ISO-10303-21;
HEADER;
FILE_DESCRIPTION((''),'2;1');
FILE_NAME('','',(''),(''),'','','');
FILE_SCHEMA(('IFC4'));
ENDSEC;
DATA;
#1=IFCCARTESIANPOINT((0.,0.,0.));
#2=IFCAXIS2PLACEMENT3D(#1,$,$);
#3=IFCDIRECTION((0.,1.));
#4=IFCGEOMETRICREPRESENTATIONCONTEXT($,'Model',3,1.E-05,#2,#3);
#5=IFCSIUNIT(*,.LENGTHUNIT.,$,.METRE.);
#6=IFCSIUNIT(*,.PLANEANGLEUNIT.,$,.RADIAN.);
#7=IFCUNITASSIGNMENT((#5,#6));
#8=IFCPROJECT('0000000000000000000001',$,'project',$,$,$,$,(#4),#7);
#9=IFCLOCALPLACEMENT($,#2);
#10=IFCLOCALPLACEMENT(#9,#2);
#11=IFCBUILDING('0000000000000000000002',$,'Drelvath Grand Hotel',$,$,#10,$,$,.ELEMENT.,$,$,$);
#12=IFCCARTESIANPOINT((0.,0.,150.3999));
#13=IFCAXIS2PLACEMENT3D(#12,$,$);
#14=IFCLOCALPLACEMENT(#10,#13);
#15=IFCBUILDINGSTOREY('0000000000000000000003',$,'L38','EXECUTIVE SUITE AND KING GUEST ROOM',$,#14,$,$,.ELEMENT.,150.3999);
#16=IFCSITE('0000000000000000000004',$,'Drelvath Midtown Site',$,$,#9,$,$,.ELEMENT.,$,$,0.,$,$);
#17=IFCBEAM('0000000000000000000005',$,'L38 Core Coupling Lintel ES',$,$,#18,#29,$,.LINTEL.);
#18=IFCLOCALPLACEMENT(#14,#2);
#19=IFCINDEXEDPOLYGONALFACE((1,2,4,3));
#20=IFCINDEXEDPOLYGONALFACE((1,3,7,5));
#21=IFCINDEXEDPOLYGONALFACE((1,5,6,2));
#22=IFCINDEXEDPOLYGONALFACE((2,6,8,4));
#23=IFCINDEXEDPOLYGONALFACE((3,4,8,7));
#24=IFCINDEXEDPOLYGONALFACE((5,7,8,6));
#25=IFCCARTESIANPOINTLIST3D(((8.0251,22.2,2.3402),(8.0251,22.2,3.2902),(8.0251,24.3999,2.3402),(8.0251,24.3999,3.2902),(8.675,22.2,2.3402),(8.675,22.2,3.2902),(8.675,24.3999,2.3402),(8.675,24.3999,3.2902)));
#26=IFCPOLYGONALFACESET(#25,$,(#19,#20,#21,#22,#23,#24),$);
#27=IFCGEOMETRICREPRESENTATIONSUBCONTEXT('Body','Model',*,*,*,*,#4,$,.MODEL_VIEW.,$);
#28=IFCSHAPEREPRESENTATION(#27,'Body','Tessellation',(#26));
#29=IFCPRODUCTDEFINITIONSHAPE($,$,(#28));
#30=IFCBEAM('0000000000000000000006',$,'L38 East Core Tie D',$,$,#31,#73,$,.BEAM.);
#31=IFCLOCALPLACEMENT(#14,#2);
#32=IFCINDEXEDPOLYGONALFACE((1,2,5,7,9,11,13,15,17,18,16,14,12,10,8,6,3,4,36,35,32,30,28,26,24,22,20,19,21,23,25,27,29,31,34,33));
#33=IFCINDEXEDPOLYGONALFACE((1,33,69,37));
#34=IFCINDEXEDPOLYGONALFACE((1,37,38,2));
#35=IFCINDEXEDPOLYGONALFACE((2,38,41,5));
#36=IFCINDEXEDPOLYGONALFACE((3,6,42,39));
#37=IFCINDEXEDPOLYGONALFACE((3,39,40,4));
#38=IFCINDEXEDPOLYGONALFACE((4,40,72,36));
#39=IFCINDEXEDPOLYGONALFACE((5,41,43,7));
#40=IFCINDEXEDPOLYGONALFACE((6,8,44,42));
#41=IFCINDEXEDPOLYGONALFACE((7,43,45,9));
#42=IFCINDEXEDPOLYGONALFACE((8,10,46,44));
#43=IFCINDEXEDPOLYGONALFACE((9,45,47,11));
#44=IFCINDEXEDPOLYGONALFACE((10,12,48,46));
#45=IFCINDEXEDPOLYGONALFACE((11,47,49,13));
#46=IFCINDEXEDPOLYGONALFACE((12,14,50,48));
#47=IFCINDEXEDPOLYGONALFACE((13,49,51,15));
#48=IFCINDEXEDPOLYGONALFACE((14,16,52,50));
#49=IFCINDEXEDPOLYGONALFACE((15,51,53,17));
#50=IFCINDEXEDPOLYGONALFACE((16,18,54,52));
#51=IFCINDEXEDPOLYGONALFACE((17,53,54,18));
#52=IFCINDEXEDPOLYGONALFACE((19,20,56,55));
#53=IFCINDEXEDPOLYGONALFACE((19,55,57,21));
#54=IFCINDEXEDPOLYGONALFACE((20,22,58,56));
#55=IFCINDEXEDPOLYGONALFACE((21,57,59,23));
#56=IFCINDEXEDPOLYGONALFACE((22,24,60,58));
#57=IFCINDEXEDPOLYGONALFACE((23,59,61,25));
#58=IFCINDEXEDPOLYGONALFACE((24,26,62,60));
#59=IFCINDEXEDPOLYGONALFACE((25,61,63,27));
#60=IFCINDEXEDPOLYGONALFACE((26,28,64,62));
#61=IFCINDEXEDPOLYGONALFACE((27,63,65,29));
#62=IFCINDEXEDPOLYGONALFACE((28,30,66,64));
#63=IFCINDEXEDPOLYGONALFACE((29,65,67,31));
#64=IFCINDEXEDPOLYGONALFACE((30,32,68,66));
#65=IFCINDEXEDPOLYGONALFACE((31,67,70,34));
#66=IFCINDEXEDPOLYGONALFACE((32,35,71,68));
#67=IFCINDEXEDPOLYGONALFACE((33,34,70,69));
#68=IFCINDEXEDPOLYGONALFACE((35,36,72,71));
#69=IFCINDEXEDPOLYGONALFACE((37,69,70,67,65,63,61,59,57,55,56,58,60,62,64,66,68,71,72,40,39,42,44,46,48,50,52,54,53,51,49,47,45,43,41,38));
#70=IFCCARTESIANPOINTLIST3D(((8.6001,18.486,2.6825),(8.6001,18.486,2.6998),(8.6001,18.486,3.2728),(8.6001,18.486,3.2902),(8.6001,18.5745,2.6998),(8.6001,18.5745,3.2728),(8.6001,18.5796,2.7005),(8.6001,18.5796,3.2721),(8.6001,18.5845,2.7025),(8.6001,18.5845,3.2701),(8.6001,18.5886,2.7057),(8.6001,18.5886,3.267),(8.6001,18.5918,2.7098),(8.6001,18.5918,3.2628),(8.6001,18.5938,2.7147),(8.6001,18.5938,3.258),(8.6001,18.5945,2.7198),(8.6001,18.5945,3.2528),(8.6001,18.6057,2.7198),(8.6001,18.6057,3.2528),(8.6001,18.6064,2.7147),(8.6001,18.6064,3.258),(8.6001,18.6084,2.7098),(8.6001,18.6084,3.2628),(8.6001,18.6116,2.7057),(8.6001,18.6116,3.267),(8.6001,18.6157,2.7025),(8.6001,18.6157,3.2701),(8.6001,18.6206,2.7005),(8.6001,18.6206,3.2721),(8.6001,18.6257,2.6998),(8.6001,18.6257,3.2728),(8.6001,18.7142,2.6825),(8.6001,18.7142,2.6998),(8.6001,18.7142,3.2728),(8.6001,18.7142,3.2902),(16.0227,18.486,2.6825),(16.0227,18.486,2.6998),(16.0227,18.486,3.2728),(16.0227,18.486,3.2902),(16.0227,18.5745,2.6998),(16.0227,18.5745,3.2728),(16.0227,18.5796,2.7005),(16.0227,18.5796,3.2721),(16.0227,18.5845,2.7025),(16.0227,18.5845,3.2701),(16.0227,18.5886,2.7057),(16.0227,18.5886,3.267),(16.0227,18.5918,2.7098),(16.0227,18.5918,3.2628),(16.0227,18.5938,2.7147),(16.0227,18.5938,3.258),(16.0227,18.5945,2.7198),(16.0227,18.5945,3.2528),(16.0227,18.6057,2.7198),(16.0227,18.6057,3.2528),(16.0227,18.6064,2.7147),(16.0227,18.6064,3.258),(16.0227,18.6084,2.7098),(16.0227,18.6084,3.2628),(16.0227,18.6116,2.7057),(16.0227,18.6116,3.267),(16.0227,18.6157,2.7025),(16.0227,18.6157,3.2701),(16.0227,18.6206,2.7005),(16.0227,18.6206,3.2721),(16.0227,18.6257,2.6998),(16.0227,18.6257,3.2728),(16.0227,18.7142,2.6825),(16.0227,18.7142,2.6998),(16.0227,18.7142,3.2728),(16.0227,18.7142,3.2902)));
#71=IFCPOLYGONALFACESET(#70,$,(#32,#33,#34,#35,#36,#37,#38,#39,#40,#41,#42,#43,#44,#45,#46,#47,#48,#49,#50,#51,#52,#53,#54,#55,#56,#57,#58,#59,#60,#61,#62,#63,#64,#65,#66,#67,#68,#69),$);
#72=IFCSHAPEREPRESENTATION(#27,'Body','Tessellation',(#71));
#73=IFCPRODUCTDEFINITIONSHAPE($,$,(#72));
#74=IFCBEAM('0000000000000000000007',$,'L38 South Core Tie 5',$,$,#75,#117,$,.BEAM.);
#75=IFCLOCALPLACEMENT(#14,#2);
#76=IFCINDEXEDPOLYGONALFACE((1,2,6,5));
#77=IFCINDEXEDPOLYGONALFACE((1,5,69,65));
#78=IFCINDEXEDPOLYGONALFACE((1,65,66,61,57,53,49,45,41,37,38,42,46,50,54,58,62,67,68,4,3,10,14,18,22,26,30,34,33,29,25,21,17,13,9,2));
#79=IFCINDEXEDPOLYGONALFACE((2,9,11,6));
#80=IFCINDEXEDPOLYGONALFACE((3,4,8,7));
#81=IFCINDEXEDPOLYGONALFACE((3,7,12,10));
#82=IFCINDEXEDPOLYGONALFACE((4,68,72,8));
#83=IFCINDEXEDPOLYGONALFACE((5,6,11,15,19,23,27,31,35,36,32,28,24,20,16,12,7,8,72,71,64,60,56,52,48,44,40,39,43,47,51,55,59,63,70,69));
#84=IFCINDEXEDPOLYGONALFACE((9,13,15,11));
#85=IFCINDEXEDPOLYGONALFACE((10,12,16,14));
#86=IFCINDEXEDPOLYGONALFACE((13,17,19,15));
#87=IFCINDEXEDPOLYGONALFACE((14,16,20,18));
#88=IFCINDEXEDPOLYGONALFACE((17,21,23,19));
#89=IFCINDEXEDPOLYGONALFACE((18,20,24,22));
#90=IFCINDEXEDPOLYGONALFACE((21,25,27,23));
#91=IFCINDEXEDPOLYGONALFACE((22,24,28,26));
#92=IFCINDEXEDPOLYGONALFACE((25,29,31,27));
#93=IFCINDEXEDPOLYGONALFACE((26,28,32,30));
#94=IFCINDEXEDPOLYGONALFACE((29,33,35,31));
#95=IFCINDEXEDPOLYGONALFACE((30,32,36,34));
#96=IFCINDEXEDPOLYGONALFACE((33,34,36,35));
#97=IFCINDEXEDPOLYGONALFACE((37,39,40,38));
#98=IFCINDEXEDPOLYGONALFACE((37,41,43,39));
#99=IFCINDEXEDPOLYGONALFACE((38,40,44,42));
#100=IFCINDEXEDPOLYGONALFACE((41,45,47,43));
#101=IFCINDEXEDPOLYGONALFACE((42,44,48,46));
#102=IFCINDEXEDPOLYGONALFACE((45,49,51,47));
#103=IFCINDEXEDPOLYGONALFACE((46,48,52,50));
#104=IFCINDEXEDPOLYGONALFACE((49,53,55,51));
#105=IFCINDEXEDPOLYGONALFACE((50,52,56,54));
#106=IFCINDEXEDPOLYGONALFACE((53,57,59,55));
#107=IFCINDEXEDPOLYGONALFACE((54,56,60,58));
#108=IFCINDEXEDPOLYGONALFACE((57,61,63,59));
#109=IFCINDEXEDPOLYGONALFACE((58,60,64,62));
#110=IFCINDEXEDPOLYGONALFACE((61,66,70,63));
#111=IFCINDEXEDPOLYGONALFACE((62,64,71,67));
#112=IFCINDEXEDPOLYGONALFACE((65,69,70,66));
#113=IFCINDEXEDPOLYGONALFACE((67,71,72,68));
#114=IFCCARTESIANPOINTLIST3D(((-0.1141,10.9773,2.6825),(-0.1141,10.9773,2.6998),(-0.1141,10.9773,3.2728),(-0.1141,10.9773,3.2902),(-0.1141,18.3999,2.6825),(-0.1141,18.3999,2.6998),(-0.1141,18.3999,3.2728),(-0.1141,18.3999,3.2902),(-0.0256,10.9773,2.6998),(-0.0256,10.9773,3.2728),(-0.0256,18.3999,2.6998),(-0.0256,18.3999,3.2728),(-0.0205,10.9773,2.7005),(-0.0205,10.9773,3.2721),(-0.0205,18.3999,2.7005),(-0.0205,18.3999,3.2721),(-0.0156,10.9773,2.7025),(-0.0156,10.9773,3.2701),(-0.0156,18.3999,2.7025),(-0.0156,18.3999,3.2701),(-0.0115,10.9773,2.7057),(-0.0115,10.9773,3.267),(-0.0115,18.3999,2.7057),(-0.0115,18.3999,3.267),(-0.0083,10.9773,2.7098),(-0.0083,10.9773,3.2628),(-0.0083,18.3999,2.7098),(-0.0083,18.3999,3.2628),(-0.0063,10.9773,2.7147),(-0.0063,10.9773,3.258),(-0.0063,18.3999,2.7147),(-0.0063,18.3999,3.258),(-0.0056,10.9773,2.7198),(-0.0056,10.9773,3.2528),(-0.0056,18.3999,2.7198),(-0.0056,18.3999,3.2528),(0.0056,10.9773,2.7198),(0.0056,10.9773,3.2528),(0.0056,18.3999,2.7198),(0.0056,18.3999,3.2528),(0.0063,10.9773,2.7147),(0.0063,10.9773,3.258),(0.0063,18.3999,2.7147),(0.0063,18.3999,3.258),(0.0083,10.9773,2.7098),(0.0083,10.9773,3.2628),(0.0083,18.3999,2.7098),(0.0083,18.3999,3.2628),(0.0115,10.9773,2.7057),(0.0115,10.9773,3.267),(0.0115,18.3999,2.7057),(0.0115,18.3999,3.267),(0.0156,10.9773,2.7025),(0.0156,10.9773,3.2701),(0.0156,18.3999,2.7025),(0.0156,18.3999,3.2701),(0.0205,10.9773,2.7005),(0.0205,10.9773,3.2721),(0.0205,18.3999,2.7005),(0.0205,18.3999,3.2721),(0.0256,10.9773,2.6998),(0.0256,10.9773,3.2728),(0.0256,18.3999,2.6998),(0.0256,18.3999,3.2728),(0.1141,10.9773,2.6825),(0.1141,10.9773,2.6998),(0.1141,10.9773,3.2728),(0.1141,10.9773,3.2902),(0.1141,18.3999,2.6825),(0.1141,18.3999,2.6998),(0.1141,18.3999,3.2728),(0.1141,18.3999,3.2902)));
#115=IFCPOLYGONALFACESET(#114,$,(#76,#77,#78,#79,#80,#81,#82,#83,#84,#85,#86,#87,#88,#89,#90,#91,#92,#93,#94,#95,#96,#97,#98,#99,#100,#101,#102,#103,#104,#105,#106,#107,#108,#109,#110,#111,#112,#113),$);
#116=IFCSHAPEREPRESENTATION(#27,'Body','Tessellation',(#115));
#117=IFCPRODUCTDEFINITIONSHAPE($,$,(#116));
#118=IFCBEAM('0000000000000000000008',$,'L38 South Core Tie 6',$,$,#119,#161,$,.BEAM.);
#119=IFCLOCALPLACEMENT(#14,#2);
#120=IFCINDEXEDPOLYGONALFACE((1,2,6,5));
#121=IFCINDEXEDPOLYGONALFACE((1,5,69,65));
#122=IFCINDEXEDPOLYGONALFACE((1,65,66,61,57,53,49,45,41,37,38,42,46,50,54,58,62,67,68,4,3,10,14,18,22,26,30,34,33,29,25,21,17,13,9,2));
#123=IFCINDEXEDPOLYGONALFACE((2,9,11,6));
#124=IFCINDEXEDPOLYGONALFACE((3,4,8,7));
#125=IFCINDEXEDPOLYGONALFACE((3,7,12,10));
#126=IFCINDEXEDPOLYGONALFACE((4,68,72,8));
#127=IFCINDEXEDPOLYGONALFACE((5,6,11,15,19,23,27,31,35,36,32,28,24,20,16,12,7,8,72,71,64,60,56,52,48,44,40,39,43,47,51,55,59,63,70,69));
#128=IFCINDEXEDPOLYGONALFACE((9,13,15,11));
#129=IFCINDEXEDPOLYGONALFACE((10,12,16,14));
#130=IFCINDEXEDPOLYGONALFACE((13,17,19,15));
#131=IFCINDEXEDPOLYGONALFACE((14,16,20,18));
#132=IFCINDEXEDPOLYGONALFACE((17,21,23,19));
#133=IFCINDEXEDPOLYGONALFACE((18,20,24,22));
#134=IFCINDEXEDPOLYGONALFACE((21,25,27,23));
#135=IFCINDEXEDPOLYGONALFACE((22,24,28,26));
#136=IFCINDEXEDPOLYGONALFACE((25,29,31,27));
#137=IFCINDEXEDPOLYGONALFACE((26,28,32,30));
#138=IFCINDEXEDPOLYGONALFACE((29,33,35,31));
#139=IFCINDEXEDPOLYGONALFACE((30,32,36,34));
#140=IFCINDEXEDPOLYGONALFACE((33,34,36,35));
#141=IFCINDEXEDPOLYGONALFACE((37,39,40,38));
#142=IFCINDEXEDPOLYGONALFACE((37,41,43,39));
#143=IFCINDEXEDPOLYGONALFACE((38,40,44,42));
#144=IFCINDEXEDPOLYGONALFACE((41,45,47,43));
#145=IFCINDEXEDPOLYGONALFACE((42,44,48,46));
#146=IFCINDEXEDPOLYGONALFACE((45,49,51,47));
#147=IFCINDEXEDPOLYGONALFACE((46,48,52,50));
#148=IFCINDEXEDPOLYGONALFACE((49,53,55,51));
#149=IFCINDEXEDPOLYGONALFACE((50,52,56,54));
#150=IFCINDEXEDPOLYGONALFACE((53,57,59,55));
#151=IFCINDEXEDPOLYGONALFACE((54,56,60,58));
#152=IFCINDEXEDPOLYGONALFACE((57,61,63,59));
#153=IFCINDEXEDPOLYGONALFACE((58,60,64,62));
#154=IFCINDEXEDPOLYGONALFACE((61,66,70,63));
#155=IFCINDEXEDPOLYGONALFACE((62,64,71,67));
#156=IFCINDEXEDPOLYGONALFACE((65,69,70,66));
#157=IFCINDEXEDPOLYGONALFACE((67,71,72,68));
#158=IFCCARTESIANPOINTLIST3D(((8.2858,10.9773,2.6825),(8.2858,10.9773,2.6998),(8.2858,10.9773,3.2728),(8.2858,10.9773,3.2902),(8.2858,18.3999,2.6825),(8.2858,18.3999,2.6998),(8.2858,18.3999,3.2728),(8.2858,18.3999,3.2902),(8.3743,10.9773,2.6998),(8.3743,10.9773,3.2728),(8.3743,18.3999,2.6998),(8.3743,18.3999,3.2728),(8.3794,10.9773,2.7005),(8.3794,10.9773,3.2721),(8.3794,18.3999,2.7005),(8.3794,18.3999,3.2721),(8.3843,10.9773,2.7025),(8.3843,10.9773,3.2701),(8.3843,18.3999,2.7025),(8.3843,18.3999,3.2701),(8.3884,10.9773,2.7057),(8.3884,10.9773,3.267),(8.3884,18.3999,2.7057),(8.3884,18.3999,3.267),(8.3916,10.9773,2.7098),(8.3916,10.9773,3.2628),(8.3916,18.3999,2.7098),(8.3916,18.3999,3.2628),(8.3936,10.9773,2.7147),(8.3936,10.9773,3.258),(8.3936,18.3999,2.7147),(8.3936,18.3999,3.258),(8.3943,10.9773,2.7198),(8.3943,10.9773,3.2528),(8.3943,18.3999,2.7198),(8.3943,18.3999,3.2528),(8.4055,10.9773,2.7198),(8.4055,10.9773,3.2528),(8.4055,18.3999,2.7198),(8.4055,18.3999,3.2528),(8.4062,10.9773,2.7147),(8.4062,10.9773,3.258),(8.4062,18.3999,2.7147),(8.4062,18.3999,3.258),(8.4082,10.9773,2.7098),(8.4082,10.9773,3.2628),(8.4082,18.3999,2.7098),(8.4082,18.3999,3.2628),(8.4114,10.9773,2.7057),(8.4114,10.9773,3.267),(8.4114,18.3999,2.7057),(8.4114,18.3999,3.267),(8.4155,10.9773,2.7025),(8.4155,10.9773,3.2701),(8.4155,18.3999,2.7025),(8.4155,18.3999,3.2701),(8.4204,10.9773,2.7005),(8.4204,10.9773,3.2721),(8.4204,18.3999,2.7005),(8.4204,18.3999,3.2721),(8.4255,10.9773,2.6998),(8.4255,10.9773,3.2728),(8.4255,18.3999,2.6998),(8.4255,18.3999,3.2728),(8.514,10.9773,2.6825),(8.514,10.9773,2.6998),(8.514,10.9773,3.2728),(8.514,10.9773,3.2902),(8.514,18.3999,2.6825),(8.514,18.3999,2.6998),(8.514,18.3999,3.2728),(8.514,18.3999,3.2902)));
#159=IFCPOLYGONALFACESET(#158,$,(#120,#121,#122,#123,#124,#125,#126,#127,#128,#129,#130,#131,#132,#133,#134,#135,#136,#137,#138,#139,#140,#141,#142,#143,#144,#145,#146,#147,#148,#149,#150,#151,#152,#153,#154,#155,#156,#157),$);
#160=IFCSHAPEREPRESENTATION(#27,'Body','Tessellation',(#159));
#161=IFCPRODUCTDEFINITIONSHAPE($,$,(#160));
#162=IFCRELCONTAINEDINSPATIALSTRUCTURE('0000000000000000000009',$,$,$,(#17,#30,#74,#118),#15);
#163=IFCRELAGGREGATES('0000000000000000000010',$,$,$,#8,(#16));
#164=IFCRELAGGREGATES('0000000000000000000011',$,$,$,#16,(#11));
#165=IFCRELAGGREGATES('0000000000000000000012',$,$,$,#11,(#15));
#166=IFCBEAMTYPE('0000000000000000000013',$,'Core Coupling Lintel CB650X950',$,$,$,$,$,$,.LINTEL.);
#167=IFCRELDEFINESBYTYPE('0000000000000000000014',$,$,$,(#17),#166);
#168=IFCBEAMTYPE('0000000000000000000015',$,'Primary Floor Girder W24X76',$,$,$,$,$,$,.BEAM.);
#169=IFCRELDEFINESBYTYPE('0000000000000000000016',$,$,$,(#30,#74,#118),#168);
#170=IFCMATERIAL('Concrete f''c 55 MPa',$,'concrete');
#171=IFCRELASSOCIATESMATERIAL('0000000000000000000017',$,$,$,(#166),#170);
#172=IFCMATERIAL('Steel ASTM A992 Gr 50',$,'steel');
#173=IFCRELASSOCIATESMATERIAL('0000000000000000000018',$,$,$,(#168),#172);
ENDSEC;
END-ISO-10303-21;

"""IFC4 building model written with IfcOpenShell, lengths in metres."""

from ifc_helpers import new_model, si_unit, direction, frame, origin, origin_2d, place, context, subcontext, project, spatial, rectangle, i_section, extrude, material, material_profile, profile_set, type_object, element, save


model = new_model("IFC4")

# Units and contexts
model_context = context("Model", 3, precision=1e-05, world=origin(), true_north=direction((0.0, 1.0)))
body_context = subcontext(model_context, "Body", "Model", "MODEL_VIEW")
ifc_project = project(units=[si_unit("LENGTHUNIT", "METRE"), si_unit("PLANEANGLEUNIT", "RADIAN")], contexts=[model_context])

# Site, building, storey
site_placement = place(None, origin())
site = spatial("IfcSite", under=ifc_project, at=site_placement, Name="Drelvath Midtown Site", CompositionType="ELEMENT", RefElevation=0.0)
building_placement = place(site_placement, origin())
building = spatial("IfcBuilding", under=site, at=building_placement, Name="Drelvath Grand Hotel", CompositionType="ELEMENT")
storey_placement = place(building_placement, frame((0.0, 0.0, 150.3999)))
storey = spatial("IfcBuildingStorey", under=building, at=storey_placement, Name="L38", Description="EXECUTIVE SUITE AND KING GUEST ROOM", CompositionType="ELEMENT", Elevation=150.3999)

# Beams
ifc_material_1 = material(Name="Concrete f'c 55 MPa", Category="concrete")
ifc_material_profile_1 = material_profile(ifc_material_1, rectangle(XDim=0.6499, YDim=0.95, at=origin_2d()), Name="CB650X950")
ifc_profile_set_1 = profile_set([ifc_material_profile_1], Name="Concrete f'c 55 MPa")
beam_type_1 = type_object("IfcBeamType", Name="Core Coupling Lintel CB650X950", PredefinedType="LINTEL", material=ifc_profile_set_1)
beam_placement = place(storey_placement, frame((8.3501, 22.2, 2.8152), z_axis=(0.0, 1.0, 0.0), x_axis=(-1.0, 0.0, 0.0)))
element("IfcBeam", 1, at=beam_placement, inside=storey, type_object=beam_type_1, Name="L38 Core Coupling Lintel ES", PredefinedType="LINTEL", context=body_context, shape_type="SweptSolid", body=[
    extrude(rectangle(XDim=0.6499, YDim=0.95, at=origin_2d()), origin(), (0.0, 0.0, 1.0), 2.2),
])
ifc_material_2 = material(Name="Steel ASTM A992 Gr 50", Category="steel")
ifc_material_profile_2 = material_profile(ifc_material_2, i_section(OverallWidth=0.2283, OverallDepth=0.6077, WebThickness=0.0112, FlangeThickness=0.0173, FilletRadius=0.02, at=origin_2d()), Name="W24X76")
ifc_profile_set_2 = profile_set([ifc_material_profile_2], Name="Steel ASTM A992 Gr 50")
beam_type_2 = type_object("IfcBeamType", Name="Primary Floor Girder W24X76", PredefinedType="BEAM", material=ifc_profile_set_2)
for number, where, z_axis, x_axis, name in (
    (2, (8.6001, 18.6001, 2.9863), (1.0, 0.0, 0.0), (0.0, 1.0, 0.0), "L38 East Core Tie D"),
    (3, (0.0, 10.9773, 2.9863), (0.0, 1.0, 0.0), (-1.0, 0.0, 0.0), "L38 South Core Tie 5"),
    (4, (8.3999, 10.9773, 2.9863), (0.0, 1.0, 0.0), (-1.0, 0.0, 0.0), "L38 South Core Tie 6"),
):
    element("IfcBeam", number, at=place(storey_placement, frame(where, z_axis=z_axis, x_axis=x_axis)), inside=storey, type_object=beam_type_2, Name=name, PredefinedType="BEAM", context=body_context, shape_type="SweptSolid", body=[
        extrude(i_section(OverallWidth=0.2283, OverallDepth=0.6077, WebThickness=0.0112, FlangeThickness=0.0173, FilletRadius=0.02, at=origin_2d()), origin(), (0.0, 0.0, 1.0), 7.4226),
    ])

save(model, "model.ifc")
